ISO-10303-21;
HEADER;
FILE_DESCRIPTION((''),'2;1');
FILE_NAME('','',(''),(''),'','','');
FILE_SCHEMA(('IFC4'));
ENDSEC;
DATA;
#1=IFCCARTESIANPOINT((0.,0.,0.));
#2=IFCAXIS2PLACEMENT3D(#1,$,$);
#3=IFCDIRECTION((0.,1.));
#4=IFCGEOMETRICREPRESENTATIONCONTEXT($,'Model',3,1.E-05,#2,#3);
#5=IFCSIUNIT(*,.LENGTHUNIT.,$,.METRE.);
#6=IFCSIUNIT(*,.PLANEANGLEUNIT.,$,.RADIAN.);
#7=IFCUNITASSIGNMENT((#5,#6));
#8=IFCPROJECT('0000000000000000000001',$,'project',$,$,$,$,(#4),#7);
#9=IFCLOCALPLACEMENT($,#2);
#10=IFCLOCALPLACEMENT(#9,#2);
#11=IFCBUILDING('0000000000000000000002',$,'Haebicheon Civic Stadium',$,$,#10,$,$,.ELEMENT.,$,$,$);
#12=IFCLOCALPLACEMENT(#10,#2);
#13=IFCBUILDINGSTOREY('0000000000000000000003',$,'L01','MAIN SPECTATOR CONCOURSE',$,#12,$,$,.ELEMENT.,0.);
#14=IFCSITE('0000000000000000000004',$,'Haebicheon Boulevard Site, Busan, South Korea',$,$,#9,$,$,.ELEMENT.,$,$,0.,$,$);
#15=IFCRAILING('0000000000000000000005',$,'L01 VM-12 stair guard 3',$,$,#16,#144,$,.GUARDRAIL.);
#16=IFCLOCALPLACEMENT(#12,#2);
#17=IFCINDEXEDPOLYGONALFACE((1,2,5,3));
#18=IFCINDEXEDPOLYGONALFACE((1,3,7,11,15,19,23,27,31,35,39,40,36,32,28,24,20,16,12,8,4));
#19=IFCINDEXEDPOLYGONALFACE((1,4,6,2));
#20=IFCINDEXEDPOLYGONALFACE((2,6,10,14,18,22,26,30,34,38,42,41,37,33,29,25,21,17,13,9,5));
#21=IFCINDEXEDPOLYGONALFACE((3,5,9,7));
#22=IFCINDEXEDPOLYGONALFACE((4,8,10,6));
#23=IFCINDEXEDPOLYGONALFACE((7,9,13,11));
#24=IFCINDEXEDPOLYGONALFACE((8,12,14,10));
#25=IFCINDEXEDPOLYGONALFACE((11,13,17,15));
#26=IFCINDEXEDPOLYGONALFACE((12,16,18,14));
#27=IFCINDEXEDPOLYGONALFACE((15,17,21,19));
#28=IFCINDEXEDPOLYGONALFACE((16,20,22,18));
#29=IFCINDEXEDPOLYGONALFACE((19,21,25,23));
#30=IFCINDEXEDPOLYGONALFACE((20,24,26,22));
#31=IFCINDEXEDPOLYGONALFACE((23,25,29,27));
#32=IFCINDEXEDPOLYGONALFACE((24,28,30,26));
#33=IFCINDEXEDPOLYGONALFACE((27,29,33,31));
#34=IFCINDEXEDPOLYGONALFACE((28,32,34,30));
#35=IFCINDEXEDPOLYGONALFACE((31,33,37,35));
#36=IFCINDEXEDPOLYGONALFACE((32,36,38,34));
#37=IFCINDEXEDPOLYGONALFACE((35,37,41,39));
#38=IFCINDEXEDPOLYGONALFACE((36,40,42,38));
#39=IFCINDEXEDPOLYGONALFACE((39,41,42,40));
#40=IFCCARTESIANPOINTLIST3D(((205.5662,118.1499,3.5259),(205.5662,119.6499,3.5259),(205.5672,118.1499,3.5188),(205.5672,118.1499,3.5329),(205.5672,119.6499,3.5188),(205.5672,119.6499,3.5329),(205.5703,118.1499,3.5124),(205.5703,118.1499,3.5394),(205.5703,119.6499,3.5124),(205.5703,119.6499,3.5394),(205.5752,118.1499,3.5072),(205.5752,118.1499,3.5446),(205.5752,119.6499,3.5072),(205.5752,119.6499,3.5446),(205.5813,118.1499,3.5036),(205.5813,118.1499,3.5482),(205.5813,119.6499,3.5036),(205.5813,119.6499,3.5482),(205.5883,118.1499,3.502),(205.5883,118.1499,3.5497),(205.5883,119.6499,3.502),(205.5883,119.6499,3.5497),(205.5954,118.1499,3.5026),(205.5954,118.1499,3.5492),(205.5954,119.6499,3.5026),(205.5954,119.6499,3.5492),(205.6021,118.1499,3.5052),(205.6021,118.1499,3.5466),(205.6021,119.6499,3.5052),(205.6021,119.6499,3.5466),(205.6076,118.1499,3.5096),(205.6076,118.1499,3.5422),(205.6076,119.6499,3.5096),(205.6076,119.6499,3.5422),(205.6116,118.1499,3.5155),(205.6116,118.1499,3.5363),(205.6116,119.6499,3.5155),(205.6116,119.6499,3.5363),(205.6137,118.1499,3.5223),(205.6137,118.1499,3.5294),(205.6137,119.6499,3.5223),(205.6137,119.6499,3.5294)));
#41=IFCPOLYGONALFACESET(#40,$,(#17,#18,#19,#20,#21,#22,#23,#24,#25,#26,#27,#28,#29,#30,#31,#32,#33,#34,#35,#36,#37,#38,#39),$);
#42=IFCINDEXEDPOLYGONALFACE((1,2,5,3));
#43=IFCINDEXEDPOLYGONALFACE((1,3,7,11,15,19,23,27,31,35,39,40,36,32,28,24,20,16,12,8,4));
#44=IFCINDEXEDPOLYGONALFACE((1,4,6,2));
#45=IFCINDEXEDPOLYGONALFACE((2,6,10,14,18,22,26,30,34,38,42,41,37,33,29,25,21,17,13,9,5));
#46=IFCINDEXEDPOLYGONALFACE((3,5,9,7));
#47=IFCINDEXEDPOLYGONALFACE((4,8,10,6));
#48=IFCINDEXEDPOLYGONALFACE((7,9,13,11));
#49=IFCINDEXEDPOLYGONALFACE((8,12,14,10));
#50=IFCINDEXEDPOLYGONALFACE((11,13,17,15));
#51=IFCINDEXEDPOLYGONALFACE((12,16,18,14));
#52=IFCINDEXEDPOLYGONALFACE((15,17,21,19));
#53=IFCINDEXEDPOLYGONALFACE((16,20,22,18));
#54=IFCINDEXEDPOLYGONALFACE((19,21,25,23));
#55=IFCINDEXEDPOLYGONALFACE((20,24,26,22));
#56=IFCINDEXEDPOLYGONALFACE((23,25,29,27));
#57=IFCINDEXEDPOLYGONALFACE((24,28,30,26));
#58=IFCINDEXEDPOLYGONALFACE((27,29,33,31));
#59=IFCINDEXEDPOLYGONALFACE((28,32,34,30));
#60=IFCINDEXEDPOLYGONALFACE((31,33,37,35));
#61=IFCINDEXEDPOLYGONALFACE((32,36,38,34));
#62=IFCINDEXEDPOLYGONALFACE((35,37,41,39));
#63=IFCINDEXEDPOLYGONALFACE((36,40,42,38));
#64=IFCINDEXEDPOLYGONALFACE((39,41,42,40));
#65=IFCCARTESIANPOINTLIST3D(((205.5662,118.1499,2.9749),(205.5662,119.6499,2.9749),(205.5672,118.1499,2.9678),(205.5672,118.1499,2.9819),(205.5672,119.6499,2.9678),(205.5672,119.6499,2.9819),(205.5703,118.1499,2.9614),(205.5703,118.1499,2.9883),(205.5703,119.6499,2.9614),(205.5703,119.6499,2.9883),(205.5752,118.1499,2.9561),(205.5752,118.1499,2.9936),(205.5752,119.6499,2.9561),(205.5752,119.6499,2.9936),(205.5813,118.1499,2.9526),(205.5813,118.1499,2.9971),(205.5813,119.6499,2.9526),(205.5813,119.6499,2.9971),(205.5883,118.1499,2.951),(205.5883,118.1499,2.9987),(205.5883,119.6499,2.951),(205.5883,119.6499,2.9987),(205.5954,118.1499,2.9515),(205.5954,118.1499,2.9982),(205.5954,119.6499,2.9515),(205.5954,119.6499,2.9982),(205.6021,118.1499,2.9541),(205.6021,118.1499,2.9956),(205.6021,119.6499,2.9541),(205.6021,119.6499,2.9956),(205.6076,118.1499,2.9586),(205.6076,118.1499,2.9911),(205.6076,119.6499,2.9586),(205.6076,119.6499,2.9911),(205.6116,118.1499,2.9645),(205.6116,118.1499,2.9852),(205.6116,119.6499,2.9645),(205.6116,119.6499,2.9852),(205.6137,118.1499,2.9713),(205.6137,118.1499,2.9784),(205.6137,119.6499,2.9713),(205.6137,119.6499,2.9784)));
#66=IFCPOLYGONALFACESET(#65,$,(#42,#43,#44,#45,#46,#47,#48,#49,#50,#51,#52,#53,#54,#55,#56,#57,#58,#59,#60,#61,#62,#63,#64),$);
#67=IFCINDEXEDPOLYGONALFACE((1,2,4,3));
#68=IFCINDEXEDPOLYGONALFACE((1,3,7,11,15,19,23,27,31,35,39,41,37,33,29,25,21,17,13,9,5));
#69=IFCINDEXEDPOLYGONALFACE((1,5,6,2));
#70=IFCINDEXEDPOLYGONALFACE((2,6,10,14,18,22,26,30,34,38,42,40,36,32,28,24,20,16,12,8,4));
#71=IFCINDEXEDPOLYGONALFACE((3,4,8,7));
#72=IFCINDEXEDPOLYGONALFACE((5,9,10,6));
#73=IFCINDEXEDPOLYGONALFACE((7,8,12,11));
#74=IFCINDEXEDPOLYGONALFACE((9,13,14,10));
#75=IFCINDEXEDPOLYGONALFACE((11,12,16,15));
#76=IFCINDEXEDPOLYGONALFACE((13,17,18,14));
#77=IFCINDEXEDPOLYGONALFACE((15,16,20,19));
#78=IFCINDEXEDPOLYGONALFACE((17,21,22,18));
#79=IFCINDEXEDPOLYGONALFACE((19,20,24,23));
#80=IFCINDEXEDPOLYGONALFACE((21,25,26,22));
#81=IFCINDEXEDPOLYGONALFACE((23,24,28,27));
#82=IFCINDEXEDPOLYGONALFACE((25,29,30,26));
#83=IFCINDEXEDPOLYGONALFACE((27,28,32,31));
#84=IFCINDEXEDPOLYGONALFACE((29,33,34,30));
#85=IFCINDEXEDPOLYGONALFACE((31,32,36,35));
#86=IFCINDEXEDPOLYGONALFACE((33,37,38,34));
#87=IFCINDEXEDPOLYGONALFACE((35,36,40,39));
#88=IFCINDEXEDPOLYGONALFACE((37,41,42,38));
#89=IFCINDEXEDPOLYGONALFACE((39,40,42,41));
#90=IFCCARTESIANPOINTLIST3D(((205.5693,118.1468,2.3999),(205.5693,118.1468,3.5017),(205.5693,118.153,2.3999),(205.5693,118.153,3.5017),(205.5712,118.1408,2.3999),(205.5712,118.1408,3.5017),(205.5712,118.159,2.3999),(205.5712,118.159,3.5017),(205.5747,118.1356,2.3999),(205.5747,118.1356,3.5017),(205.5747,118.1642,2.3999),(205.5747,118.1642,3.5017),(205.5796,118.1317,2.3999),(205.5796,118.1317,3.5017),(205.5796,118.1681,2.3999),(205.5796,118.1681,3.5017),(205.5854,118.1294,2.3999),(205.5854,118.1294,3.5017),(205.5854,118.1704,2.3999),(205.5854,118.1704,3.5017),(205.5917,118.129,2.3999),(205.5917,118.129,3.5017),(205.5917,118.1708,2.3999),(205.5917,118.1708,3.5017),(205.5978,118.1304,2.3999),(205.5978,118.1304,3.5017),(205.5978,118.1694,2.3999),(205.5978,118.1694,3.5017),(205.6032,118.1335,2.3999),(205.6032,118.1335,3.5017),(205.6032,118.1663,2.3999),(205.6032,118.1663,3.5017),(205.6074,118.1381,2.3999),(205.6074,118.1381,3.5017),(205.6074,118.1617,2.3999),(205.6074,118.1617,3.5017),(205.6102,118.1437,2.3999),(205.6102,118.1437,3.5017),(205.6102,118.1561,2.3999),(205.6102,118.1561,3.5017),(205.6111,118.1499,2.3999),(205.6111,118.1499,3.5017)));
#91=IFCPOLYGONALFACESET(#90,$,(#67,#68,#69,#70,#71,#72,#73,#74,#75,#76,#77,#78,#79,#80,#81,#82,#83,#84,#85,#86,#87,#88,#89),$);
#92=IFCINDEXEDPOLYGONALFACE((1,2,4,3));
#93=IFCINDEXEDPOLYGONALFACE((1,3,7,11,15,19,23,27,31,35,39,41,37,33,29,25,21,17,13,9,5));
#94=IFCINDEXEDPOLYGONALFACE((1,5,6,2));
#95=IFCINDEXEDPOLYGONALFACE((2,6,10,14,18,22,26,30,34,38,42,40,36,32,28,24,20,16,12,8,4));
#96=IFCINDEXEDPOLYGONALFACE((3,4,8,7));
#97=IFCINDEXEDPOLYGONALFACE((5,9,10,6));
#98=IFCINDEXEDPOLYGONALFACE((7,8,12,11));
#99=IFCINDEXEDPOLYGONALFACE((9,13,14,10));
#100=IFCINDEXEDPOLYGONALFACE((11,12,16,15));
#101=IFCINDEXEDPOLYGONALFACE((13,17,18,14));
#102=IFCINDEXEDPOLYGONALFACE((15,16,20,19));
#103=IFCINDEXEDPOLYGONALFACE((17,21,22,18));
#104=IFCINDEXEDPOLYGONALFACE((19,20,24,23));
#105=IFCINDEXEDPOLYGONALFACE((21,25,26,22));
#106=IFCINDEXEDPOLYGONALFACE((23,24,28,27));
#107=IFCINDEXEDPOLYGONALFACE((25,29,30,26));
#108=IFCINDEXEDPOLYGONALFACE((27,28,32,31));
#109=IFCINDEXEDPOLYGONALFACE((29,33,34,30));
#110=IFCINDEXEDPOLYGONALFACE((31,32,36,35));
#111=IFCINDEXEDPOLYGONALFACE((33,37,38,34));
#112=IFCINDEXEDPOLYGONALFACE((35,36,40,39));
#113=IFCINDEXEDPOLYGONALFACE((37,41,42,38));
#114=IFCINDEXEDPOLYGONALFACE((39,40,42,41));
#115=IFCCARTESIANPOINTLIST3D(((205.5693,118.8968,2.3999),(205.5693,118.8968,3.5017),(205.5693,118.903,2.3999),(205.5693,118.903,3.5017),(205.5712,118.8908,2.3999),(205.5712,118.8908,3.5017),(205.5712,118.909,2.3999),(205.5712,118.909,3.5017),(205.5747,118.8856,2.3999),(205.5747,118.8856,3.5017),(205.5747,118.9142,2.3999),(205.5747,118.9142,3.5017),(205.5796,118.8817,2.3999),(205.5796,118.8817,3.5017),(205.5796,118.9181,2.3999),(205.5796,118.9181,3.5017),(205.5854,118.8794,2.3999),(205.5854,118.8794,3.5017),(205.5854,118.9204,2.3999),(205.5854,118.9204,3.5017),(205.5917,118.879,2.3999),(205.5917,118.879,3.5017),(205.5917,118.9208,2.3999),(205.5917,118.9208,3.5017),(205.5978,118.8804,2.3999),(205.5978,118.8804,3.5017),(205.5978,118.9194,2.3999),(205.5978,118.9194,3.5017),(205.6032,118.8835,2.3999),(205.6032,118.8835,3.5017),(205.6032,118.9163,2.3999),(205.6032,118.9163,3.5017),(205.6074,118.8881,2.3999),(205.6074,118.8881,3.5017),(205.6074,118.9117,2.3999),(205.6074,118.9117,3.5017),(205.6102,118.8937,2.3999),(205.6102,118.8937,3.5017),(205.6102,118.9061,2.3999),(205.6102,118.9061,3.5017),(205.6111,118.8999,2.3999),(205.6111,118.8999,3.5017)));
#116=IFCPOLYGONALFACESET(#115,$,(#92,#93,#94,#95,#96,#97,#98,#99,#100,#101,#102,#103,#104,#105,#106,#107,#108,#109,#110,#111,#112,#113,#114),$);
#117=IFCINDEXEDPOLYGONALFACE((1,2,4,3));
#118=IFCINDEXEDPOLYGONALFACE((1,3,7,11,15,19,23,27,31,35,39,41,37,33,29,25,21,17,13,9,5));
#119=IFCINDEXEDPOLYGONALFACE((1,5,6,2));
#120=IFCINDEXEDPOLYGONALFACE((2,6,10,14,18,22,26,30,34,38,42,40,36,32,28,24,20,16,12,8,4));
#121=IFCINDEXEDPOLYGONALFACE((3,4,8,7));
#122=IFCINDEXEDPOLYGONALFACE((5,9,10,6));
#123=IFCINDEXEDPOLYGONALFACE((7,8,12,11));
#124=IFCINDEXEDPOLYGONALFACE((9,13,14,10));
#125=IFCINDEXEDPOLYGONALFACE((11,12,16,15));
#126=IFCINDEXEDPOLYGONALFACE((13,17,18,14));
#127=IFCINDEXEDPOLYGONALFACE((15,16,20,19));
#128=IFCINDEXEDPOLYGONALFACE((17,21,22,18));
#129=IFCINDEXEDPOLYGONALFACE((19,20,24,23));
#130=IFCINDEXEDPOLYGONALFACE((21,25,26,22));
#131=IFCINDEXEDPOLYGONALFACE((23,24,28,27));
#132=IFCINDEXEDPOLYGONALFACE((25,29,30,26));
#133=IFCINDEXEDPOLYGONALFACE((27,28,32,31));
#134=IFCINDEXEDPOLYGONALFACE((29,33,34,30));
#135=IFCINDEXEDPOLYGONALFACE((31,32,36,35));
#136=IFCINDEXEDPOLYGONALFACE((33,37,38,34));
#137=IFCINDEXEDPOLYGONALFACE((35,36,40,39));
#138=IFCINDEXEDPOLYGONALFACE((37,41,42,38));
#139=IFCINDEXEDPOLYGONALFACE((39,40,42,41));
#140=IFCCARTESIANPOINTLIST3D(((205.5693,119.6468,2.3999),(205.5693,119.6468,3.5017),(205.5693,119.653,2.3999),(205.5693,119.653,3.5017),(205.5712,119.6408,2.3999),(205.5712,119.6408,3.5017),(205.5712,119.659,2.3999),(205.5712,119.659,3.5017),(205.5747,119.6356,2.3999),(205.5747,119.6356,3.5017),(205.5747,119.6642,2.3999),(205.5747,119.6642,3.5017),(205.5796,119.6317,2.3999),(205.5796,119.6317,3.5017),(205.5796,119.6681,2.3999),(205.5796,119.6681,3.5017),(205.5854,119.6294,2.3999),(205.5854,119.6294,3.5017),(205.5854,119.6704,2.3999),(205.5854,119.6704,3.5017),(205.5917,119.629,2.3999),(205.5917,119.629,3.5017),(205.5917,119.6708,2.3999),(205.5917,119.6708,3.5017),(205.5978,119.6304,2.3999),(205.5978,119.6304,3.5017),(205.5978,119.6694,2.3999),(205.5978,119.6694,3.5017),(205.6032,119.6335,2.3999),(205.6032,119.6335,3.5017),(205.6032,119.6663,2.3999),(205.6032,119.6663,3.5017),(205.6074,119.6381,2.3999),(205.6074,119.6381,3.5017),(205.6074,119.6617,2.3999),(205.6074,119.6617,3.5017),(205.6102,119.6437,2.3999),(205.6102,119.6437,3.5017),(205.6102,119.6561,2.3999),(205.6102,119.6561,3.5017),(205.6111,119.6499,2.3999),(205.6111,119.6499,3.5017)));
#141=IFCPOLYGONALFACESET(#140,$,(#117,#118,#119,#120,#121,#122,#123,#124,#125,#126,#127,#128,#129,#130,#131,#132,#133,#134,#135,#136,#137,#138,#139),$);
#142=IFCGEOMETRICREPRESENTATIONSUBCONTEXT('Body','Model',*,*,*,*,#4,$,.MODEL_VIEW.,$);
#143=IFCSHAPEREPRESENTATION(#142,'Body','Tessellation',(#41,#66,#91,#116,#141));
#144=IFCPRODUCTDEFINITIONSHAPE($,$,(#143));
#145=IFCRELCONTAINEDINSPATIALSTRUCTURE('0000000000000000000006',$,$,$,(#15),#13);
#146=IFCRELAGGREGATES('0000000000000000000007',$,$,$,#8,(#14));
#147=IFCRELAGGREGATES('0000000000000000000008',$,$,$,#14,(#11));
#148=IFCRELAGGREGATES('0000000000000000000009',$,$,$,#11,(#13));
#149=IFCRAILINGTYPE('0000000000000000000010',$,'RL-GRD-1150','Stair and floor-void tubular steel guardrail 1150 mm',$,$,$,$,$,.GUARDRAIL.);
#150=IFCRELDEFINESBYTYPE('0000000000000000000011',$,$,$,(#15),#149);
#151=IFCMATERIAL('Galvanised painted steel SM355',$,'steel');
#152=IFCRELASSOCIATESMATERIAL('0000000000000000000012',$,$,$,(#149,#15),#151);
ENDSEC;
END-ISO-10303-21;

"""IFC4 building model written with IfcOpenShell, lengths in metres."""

from ifc_helpers import new_model, si_unit, direction, frame, origin, origin_2d, place, context, subcontext, project, spatial, circle, extrude, material, type_object, element, save


model = new_model("IFC4")

# Units and contexts
model_context = context("Model", 3, precision=1e-05, world=origin(), true_north=direction((0.0, 1.0)))
body_context = subcontext(model_context, "Body", "Model", "MODEL_VIEW")
ifc_project = project(units=[si_unit("LENGTHUNIT", "METRE"), si_unit("PLANEANGLEUNIT", "RADIAN")], contexts=[model_context])

# Site, building, storey
site_placement = place(None, origin())
site = spatial("IfcSite", under=ifc_project, at=site_placement, Name="Haebicheon Boulevard Site, Busan, South Korea", CompositionType="ELEMENT", RefElevation=0.0)
building_placement = place(site_placement, origin())
building = spatial("IfcBuilding", under=site, at=building_placement, Name="Haebicheon Civic Stadium", CompositionType="ELEMENT")
storey_placement = place(building_placement, origin())
storey = spatial("IfcBuildingStorey", under=building, at=storey_placement, Name="L01", Description="MAIN SPECTATOR CONCOURSE", CompositionType="ELEMENT", Elevation=0.0)

# Railing
ifc_material_1 = material(Name="Galvanised painted steel SM355", Category="steel")
railing_type_1 = type_object("IfcRailingType", Name="RL-GRD-1150", Description="Stair and floor-void tubular steel guardrail 1150 mm", PredefinedType="GUARDRAIL", material=ifc_material_1)
for number, where, name in (
    (1, (205.5901, 118.1499, 2.3999), "L01 VM-12 stair guard 3"),
):
    element("IfcRailing", number, at=place(storey_placement, frame(where)), inside=storey, type_object=railing_type_1, material=ifc_material_1, Name=name, PredefinedType="GUARDRAIL", context=body_context, shape_type="SweptSolid", body=[
        extrude(circle(Radius=0.0239, at=origin_2d()), frame((0.0, 0.0, 1.126), z_axis=(0.0, 1.0, 0.0), x_axis=(-1.0, 0.0, 0.0)), (0.0, 0.0, 1.0), 1.5),
        extrude(circle(Radius=0.0239, at=origin_2d()), frame((0.0, 0.0, 0.575), z_axis=(0.0, 1.0, 0.0), x_axis=(-1.0, 0.0, 0.0)), (0.0, 0.0, 1.0), 1.5),
        extrude(circle(Radius=0.021, at=origin_2d()), origin(), (0.0, 0.0, 1.0), 1.1018),
        extrude(circle(Radius=0.021, at=origin_2d()), frame((0.0, 0.75, 0.0)), (0.0, 0.0, 1.0), 1.1018),
        extrude(circle(Radius=0.021, at=origin_2d()), frame((0.0, 1.5, 0.0)), (0.0, 0.0, 1.0), 1.1018),
    ])

save(model, "model.ifc")
